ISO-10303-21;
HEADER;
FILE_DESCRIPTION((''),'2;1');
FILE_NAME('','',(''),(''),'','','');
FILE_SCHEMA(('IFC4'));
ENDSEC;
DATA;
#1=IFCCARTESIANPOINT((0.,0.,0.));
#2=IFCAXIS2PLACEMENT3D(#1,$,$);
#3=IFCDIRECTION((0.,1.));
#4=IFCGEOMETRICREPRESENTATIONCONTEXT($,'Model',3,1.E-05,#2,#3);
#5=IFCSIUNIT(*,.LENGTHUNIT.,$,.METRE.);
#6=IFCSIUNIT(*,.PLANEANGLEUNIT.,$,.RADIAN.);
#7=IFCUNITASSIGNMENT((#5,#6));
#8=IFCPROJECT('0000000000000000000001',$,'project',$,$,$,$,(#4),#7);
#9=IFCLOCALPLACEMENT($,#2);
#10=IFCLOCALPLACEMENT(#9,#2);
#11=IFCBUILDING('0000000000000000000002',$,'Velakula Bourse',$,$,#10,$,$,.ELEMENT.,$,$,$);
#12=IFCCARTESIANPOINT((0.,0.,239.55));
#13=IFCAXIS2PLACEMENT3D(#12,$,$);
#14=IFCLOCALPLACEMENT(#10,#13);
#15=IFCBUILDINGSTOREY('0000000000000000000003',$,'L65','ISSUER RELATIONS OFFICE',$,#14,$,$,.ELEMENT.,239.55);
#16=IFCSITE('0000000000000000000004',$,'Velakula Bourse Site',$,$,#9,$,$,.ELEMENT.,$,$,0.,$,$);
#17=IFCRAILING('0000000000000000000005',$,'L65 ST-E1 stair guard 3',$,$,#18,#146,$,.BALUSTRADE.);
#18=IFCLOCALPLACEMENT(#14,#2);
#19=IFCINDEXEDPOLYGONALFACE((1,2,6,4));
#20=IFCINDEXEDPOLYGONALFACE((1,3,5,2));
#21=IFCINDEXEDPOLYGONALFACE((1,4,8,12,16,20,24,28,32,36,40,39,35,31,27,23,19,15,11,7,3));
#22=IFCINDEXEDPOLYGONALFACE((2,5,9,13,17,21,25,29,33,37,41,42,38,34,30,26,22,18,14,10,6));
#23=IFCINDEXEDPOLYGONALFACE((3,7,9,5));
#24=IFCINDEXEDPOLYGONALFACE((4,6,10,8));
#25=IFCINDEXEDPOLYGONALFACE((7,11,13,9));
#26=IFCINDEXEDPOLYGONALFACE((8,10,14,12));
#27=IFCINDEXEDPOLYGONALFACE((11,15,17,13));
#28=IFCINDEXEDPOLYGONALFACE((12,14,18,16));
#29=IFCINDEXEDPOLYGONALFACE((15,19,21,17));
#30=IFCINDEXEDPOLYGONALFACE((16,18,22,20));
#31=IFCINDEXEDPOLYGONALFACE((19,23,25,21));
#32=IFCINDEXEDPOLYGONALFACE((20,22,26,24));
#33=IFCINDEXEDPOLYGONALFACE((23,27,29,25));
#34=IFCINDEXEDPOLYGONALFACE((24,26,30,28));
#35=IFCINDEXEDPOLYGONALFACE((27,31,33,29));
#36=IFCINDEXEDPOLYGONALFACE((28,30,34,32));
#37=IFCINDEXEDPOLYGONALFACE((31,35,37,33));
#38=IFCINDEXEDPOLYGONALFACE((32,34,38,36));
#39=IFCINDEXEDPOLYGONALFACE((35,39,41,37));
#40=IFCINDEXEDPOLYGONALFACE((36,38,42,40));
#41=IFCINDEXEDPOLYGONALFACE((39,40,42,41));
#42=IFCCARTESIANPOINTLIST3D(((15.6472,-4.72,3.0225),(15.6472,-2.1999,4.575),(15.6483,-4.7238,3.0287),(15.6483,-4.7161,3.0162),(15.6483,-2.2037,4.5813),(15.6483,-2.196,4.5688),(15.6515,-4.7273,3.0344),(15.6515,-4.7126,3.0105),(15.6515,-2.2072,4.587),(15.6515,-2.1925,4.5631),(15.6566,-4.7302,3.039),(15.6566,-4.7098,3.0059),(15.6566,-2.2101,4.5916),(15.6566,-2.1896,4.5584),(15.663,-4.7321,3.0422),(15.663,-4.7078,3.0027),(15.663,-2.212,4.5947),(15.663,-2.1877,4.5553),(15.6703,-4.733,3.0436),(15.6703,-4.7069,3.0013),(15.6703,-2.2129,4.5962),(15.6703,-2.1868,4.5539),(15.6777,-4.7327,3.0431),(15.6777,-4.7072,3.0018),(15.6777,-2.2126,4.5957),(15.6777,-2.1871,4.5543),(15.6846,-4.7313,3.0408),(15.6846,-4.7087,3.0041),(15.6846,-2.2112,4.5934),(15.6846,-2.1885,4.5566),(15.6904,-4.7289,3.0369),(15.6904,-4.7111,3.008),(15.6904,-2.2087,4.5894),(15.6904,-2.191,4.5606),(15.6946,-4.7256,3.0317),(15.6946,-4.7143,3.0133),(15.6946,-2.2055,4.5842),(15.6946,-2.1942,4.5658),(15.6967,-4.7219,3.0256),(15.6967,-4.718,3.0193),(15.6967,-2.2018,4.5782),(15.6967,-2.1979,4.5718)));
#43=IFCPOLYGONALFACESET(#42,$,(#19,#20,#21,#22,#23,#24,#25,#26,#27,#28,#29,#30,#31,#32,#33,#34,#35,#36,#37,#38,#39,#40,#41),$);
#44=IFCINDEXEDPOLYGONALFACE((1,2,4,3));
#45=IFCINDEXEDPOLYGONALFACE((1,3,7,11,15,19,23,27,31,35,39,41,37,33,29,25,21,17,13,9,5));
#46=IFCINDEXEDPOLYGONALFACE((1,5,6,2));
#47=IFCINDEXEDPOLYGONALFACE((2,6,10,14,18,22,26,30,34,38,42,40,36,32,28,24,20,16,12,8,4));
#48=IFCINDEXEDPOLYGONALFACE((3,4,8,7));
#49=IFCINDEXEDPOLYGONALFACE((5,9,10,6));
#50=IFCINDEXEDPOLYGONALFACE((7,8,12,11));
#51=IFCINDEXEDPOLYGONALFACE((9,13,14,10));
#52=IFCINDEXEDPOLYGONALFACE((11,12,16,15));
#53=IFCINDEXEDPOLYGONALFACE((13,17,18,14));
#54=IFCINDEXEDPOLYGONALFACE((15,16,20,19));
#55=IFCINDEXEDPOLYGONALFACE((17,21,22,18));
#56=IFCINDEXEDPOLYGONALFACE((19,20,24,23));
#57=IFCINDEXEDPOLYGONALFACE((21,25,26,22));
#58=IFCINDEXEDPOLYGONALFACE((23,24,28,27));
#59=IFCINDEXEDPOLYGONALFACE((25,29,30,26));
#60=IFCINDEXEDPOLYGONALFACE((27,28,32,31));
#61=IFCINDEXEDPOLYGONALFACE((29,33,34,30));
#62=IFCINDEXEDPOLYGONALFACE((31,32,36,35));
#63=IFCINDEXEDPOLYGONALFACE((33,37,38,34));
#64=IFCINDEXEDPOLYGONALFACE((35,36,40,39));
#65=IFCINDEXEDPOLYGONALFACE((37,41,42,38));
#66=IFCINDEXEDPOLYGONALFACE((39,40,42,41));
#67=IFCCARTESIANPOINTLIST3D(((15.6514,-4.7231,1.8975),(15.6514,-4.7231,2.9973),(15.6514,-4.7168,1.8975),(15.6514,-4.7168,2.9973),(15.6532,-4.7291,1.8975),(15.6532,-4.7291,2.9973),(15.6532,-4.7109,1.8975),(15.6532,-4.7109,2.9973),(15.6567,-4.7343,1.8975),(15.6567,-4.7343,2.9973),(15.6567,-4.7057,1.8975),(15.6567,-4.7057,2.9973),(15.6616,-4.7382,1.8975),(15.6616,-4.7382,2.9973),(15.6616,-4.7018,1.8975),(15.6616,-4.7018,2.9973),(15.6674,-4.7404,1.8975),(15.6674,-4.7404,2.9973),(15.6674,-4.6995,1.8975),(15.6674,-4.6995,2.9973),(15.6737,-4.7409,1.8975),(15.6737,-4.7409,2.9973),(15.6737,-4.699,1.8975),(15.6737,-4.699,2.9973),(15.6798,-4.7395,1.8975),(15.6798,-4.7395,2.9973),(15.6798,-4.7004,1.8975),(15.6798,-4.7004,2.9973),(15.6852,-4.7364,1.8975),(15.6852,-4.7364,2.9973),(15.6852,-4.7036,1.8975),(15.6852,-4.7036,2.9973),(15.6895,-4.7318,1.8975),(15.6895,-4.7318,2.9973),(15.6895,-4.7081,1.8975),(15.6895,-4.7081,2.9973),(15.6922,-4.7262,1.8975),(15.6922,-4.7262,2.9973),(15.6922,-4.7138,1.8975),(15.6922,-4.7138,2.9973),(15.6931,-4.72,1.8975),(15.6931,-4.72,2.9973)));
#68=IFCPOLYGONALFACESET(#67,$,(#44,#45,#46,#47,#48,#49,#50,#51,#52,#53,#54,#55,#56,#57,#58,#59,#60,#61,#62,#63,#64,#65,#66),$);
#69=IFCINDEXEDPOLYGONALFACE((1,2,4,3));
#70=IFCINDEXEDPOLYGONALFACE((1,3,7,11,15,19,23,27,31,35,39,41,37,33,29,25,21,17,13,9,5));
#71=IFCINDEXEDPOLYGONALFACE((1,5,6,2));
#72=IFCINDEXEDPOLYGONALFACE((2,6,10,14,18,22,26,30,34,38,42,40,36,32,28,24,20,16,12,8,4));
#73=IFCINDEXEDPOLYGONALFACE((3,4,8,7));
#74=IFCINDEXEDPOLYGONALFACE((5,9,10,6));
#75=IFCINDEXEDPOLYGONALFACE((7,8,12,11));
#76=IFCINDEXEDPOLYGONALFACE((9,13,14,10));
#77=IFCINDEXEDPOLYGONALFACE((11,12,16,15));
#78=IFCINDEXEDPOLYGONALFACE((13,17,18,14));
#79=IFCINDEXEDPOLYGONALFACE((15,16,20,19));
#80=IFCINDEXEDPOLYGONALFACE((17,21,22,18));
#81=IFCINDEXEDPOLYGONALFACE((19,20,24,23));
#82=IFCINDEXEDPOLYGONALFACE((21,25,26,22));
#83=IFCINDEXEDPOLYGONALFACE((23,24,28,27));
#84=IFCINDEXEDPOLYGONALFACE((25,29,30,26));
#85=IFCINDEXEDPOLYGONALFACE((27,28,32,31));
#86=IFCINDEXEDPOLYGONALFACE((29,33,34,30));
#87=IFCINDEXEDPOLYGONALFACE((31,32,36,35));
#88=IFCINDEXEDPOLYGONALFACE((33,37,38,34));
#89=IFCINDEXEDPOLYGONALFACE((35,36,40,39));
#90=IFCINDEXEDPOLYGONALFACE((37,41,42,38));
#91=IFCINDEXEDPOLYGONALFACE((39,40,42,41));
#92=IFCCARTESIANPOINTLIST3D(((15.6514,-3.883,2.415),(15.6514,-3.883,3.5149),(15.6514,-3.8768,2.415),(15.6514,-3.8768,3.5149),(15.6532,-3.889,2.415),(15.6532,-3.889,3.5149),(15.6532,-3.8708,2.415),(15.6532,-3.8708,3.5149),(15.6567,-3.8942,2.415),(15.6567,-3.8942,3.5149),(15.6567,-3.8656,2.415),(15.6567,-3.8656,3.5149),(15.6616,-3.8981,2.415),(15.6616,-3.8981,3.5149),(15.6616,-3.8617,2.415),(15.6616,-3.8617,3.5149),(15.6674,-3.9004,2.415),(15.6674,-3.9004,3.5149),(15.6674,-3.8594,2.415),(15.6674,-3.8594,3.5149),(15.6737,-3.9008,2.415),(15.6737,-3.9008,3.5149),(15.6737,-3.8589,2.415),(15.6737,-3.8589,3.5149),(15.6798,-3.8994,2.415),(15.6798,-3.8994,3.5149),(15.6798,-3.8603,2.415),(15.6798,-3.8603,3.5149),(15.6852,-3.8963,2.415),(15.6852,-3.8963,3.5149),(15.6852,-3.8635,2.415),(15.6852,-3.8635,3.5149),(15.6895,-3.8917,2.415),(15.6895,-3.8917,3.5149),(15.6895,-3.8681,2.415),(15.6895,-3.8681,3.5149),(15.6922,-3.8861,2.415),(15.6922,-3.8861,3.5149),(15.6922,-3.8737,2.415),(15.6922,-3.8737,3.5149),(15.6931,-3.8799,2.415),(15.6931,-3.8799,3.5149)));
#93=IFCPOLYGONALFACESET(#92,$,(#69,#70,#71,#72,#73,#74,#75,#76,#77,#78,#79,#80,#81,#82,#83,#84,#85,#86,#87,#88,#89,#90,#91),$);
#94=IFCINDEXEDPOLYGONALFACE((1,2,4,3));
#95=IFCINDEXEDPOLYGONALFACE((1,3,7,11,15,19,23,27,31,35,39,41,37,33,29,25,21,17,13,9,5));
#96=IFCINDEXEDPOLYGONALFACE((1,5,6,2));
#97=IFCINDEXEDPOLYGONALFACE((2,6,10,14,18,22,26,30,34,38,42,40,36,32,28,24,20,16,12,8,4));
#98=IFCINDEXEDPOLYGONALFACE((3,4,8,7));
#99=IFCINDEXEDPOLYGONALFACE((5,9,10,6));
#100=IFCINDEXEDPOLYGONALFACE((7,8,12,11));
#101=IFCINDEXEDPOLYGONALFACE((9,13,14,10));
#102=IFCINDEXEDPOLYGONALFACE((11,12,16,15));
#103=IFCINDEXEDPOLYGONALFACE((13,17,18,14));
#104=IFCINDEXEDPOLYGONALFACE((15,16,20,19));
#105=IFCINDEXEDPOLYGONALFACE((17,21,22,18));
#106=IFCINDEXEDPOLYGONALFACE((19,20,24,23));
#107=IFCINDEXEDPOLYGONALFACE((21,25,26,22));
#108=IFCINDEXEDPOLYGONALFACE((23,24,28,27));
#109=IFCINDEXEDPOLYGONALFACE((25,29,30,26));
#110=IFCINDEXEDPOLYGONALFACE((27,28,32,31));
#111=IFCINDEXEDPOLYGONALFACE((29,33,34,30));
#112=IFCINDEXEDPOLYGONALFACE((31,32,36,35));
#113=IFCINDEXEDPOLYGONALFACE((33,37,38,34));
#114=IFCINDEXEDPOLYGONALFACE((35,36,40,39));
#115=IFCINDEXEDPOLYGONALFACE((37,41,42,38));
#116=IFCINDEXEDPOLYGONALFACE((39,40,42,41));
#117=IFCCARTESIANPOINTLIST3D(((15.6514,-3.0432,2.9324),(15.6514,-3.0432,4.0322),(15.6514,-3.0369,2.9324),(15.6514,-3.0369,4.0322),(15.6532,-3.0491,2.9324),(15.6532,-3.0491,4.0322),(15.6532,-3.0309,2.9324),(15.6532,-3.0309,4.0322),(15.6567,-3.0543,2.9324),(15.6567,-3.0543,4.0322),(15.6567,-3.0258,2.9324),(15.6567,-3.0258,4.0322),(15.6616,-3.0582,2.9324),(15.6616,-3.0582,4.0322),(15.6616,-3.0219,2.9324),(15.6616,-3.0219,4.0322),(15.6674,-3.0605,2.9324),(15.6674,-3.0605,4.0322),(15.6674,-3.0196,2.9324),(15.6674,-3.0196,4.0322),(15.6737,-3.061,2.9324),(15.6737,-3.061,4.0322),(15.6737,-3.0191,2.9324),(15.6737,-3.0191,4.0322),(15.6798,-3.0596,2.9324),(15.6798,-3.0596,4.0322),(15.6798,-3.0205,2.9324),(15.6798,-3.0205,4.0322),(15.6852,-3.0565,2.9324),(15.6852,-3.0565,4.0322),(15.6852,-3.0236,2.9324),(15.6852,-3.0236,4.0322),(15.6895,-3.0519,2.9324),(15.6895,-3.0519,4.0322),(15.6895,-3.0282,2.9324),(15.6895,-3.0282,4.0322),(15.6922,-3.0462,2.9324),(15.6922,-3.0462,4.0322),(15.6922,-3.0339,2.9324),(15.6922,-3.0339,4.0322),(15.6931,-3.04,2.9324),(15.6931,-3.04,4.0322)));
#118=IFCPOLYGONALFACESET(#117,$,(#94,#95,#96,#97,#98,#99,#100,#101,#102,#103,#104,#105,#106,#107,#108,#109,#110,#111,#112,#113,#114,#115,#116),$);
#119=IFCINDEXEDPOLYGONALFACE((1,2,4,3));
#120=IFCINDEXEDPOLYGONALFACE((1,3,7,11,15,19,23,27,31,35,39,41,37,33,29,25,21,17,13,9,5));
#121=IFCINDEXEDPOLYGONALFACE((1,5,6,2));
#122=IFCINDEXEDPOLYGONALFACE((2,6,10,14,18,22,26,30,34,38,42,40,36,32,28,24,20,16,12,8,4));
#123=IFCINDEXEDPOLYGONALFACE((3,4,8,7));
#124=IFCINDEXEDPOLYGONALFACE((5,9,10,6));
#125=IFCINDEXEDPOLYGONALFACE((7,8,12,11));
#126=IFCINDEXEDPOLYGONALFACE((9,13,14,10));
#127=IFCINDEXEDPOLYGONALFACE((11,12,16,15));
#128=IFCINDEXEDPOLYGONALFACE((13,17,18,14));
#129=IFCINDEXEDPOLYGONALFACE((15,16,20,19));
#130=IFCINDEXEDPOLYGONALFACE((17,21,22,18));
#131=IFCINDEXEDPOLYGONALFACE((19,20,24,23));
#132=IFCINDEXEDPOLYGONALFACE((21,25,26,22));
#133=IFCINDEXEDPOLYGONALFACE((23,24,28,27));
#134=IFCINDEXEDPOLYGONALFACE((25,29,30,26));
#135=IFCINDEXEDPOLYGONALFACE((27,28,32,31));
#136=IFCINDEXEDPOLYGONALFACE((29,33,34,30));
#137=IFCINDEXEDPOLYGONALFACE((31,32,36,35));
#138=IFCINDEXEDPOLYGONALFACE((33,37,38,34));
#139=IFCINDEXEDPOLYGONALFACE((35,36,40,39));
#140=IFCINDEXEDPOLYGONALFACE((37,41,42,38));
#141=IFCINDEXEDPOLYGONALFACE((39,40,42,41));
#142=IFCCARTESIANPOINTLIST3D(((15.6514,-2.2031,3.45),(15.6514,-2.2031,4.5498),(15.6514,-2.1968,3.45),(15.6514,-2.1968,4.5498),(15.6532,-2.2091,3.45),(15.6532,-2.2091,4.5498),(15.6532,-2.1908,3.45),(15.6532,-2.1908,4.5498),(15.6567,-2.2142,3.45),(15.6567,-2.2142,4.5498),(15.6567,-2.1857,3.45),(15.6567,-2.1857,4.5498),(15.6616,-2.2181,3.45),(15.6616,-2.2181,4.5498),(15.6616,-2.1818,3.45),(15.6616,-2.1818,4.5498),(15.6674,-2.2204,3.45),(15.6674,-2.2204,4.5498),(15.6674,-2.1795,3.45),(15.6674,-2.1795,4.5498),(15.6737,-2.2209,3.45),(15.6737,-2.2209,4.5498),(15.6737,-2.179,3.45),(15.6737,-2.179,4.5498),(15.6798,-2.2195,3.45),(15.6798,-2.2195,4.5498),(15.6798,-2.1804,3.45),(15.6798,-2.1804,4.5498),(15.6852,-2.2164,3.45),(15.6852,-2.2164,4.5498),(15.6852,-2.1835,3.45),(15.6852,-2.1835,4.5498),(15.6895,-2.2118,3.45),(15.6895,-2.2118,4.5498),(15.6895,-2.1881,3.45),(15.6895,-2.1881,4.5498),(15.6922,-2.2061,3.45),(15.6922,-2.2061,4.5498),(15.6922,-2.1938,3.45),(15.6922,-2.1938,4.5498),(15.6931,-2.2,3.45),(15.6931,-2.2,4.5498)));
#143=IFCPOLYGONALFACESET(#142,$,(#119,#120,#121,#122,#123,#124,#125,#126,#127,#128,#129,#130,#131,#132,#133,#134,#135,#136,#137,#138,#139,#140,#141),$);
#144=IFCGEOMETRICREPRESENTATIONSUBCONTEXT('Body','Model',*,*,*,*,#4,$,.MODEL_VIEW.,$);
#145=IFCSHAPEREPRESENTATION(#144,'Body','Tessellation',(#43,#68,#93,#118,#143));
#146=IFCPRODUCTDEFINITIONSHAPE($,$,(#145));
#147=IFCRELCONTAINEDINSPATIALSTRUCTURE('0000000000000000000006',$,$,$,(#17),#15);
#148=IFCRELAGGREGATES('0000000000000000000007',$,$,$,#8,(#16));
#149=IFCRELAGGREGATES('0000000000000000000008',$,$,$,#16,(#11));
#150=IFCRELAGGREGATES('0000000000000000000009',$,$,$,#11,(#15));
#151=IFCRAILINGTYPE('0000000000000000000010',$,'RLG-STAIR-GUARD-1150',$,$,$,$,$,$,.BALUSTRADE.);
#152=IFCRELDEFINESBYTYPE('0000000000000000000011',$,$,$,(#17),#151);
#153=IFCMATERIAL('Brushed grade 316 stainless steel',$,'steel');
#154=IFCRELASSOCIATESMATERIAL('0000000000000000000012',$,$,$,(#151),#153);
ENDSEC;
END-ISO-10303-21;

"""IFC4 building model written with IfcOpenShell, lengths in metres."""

from ifc_helpers import new_model, si_unit, direction, frame, origin, origin_2d, place, context, subcontext, project, spatial, circle, extrude, material, type_object, element, save


model = new_model("IFC4")

# Units and contexts
model_context = context("Model", 3, precision=1e-05, world=origin(), true_north=direction((0.0, 1.0)))
body_context = subcontext(model_context, "Body", "Model", "MODEL_VIEW")
ifc_project = project(units=[si_unit("LENGTHUNIT", "METRE"), si_unit("PLANEANGLEUNIT", "RADIAN")], contexts=[model_context])

# Site, building, storey
site_placement = place(None, origin())
site = spatial("IfcSite", under=ifc_project, at=site_placement, Name="Velakula Bourse Site", CompositionType="ELEMENT", RefElevation=0.0)
building_placement = place(site_placement, origin())
building = spatial("IfcBuilding", under=site, at=building_placement, Name="Velakula Bourse", CompositionType="ELEMENT")
storey_placement = place(building_placement, frame((0.0, 0.0, 239.55)))
storey = spatial("IfcBuildingStorey", under=building, at=storey_placement, Name="L65", Description="ISSUER RELATIONS OFFICE", CompositionType="ELEMENT", Elevation=239.55)

# Shared definitions
ifc_material_1 = material(Name="Brushed grade 316 stainless steel", Category="steel")

# Railing
railing_type_1 = type_object("IfcRailingType", Name="RLG-STAIR-GUARD-1150", PredefinedType="BALUSTRADE", material=ifc_material_1)
railing_1_placement = place(storey_placement, frame((15.6721, -4.72, 1.8975)))
element("IfcRailing", 1, at=railing_1_placement, inside=storey, type_object=railing_type_1, Name="L65 ST-E1 stair guard 3", PredefinedType="BALUSTRADE", context=body_context, shape_type="SweptSolid", body=[
    extrude(circle(Radius=0.0249, at=origin_2d()), frame((0.0, 0.0, 1.125), z_axis=(0.0, 0.8514, 0.524516), x_axis=(-1.0, 0.0, 0.0)), (0.0, 0.0, 1.0), 2.96),
    extrude(circle(Radius=0.021, at=origin_2d()), origin(), (0.0, 0.0, 1.0), 1.0999),
    extrude(circle(Radius=0.021, at=origin_2d()), frame((0.0, 0.8401, 0.5176)), (0.0, 0.0, 1.0), 1.0999),
    extrude(circle(Radius=0.021, at=origin_2d()), frame((0.0, 1.6799, 1.0349)), (0.0, 0.0, 1.0), 1.0999),
    extrude(circle(Radius=0.021, at=origin_2d()), frame((0.0, 2.52, 1.5525)), (0.0, 0.0, 1.0), 1.0999),
])

save(model, "model.ifc")
